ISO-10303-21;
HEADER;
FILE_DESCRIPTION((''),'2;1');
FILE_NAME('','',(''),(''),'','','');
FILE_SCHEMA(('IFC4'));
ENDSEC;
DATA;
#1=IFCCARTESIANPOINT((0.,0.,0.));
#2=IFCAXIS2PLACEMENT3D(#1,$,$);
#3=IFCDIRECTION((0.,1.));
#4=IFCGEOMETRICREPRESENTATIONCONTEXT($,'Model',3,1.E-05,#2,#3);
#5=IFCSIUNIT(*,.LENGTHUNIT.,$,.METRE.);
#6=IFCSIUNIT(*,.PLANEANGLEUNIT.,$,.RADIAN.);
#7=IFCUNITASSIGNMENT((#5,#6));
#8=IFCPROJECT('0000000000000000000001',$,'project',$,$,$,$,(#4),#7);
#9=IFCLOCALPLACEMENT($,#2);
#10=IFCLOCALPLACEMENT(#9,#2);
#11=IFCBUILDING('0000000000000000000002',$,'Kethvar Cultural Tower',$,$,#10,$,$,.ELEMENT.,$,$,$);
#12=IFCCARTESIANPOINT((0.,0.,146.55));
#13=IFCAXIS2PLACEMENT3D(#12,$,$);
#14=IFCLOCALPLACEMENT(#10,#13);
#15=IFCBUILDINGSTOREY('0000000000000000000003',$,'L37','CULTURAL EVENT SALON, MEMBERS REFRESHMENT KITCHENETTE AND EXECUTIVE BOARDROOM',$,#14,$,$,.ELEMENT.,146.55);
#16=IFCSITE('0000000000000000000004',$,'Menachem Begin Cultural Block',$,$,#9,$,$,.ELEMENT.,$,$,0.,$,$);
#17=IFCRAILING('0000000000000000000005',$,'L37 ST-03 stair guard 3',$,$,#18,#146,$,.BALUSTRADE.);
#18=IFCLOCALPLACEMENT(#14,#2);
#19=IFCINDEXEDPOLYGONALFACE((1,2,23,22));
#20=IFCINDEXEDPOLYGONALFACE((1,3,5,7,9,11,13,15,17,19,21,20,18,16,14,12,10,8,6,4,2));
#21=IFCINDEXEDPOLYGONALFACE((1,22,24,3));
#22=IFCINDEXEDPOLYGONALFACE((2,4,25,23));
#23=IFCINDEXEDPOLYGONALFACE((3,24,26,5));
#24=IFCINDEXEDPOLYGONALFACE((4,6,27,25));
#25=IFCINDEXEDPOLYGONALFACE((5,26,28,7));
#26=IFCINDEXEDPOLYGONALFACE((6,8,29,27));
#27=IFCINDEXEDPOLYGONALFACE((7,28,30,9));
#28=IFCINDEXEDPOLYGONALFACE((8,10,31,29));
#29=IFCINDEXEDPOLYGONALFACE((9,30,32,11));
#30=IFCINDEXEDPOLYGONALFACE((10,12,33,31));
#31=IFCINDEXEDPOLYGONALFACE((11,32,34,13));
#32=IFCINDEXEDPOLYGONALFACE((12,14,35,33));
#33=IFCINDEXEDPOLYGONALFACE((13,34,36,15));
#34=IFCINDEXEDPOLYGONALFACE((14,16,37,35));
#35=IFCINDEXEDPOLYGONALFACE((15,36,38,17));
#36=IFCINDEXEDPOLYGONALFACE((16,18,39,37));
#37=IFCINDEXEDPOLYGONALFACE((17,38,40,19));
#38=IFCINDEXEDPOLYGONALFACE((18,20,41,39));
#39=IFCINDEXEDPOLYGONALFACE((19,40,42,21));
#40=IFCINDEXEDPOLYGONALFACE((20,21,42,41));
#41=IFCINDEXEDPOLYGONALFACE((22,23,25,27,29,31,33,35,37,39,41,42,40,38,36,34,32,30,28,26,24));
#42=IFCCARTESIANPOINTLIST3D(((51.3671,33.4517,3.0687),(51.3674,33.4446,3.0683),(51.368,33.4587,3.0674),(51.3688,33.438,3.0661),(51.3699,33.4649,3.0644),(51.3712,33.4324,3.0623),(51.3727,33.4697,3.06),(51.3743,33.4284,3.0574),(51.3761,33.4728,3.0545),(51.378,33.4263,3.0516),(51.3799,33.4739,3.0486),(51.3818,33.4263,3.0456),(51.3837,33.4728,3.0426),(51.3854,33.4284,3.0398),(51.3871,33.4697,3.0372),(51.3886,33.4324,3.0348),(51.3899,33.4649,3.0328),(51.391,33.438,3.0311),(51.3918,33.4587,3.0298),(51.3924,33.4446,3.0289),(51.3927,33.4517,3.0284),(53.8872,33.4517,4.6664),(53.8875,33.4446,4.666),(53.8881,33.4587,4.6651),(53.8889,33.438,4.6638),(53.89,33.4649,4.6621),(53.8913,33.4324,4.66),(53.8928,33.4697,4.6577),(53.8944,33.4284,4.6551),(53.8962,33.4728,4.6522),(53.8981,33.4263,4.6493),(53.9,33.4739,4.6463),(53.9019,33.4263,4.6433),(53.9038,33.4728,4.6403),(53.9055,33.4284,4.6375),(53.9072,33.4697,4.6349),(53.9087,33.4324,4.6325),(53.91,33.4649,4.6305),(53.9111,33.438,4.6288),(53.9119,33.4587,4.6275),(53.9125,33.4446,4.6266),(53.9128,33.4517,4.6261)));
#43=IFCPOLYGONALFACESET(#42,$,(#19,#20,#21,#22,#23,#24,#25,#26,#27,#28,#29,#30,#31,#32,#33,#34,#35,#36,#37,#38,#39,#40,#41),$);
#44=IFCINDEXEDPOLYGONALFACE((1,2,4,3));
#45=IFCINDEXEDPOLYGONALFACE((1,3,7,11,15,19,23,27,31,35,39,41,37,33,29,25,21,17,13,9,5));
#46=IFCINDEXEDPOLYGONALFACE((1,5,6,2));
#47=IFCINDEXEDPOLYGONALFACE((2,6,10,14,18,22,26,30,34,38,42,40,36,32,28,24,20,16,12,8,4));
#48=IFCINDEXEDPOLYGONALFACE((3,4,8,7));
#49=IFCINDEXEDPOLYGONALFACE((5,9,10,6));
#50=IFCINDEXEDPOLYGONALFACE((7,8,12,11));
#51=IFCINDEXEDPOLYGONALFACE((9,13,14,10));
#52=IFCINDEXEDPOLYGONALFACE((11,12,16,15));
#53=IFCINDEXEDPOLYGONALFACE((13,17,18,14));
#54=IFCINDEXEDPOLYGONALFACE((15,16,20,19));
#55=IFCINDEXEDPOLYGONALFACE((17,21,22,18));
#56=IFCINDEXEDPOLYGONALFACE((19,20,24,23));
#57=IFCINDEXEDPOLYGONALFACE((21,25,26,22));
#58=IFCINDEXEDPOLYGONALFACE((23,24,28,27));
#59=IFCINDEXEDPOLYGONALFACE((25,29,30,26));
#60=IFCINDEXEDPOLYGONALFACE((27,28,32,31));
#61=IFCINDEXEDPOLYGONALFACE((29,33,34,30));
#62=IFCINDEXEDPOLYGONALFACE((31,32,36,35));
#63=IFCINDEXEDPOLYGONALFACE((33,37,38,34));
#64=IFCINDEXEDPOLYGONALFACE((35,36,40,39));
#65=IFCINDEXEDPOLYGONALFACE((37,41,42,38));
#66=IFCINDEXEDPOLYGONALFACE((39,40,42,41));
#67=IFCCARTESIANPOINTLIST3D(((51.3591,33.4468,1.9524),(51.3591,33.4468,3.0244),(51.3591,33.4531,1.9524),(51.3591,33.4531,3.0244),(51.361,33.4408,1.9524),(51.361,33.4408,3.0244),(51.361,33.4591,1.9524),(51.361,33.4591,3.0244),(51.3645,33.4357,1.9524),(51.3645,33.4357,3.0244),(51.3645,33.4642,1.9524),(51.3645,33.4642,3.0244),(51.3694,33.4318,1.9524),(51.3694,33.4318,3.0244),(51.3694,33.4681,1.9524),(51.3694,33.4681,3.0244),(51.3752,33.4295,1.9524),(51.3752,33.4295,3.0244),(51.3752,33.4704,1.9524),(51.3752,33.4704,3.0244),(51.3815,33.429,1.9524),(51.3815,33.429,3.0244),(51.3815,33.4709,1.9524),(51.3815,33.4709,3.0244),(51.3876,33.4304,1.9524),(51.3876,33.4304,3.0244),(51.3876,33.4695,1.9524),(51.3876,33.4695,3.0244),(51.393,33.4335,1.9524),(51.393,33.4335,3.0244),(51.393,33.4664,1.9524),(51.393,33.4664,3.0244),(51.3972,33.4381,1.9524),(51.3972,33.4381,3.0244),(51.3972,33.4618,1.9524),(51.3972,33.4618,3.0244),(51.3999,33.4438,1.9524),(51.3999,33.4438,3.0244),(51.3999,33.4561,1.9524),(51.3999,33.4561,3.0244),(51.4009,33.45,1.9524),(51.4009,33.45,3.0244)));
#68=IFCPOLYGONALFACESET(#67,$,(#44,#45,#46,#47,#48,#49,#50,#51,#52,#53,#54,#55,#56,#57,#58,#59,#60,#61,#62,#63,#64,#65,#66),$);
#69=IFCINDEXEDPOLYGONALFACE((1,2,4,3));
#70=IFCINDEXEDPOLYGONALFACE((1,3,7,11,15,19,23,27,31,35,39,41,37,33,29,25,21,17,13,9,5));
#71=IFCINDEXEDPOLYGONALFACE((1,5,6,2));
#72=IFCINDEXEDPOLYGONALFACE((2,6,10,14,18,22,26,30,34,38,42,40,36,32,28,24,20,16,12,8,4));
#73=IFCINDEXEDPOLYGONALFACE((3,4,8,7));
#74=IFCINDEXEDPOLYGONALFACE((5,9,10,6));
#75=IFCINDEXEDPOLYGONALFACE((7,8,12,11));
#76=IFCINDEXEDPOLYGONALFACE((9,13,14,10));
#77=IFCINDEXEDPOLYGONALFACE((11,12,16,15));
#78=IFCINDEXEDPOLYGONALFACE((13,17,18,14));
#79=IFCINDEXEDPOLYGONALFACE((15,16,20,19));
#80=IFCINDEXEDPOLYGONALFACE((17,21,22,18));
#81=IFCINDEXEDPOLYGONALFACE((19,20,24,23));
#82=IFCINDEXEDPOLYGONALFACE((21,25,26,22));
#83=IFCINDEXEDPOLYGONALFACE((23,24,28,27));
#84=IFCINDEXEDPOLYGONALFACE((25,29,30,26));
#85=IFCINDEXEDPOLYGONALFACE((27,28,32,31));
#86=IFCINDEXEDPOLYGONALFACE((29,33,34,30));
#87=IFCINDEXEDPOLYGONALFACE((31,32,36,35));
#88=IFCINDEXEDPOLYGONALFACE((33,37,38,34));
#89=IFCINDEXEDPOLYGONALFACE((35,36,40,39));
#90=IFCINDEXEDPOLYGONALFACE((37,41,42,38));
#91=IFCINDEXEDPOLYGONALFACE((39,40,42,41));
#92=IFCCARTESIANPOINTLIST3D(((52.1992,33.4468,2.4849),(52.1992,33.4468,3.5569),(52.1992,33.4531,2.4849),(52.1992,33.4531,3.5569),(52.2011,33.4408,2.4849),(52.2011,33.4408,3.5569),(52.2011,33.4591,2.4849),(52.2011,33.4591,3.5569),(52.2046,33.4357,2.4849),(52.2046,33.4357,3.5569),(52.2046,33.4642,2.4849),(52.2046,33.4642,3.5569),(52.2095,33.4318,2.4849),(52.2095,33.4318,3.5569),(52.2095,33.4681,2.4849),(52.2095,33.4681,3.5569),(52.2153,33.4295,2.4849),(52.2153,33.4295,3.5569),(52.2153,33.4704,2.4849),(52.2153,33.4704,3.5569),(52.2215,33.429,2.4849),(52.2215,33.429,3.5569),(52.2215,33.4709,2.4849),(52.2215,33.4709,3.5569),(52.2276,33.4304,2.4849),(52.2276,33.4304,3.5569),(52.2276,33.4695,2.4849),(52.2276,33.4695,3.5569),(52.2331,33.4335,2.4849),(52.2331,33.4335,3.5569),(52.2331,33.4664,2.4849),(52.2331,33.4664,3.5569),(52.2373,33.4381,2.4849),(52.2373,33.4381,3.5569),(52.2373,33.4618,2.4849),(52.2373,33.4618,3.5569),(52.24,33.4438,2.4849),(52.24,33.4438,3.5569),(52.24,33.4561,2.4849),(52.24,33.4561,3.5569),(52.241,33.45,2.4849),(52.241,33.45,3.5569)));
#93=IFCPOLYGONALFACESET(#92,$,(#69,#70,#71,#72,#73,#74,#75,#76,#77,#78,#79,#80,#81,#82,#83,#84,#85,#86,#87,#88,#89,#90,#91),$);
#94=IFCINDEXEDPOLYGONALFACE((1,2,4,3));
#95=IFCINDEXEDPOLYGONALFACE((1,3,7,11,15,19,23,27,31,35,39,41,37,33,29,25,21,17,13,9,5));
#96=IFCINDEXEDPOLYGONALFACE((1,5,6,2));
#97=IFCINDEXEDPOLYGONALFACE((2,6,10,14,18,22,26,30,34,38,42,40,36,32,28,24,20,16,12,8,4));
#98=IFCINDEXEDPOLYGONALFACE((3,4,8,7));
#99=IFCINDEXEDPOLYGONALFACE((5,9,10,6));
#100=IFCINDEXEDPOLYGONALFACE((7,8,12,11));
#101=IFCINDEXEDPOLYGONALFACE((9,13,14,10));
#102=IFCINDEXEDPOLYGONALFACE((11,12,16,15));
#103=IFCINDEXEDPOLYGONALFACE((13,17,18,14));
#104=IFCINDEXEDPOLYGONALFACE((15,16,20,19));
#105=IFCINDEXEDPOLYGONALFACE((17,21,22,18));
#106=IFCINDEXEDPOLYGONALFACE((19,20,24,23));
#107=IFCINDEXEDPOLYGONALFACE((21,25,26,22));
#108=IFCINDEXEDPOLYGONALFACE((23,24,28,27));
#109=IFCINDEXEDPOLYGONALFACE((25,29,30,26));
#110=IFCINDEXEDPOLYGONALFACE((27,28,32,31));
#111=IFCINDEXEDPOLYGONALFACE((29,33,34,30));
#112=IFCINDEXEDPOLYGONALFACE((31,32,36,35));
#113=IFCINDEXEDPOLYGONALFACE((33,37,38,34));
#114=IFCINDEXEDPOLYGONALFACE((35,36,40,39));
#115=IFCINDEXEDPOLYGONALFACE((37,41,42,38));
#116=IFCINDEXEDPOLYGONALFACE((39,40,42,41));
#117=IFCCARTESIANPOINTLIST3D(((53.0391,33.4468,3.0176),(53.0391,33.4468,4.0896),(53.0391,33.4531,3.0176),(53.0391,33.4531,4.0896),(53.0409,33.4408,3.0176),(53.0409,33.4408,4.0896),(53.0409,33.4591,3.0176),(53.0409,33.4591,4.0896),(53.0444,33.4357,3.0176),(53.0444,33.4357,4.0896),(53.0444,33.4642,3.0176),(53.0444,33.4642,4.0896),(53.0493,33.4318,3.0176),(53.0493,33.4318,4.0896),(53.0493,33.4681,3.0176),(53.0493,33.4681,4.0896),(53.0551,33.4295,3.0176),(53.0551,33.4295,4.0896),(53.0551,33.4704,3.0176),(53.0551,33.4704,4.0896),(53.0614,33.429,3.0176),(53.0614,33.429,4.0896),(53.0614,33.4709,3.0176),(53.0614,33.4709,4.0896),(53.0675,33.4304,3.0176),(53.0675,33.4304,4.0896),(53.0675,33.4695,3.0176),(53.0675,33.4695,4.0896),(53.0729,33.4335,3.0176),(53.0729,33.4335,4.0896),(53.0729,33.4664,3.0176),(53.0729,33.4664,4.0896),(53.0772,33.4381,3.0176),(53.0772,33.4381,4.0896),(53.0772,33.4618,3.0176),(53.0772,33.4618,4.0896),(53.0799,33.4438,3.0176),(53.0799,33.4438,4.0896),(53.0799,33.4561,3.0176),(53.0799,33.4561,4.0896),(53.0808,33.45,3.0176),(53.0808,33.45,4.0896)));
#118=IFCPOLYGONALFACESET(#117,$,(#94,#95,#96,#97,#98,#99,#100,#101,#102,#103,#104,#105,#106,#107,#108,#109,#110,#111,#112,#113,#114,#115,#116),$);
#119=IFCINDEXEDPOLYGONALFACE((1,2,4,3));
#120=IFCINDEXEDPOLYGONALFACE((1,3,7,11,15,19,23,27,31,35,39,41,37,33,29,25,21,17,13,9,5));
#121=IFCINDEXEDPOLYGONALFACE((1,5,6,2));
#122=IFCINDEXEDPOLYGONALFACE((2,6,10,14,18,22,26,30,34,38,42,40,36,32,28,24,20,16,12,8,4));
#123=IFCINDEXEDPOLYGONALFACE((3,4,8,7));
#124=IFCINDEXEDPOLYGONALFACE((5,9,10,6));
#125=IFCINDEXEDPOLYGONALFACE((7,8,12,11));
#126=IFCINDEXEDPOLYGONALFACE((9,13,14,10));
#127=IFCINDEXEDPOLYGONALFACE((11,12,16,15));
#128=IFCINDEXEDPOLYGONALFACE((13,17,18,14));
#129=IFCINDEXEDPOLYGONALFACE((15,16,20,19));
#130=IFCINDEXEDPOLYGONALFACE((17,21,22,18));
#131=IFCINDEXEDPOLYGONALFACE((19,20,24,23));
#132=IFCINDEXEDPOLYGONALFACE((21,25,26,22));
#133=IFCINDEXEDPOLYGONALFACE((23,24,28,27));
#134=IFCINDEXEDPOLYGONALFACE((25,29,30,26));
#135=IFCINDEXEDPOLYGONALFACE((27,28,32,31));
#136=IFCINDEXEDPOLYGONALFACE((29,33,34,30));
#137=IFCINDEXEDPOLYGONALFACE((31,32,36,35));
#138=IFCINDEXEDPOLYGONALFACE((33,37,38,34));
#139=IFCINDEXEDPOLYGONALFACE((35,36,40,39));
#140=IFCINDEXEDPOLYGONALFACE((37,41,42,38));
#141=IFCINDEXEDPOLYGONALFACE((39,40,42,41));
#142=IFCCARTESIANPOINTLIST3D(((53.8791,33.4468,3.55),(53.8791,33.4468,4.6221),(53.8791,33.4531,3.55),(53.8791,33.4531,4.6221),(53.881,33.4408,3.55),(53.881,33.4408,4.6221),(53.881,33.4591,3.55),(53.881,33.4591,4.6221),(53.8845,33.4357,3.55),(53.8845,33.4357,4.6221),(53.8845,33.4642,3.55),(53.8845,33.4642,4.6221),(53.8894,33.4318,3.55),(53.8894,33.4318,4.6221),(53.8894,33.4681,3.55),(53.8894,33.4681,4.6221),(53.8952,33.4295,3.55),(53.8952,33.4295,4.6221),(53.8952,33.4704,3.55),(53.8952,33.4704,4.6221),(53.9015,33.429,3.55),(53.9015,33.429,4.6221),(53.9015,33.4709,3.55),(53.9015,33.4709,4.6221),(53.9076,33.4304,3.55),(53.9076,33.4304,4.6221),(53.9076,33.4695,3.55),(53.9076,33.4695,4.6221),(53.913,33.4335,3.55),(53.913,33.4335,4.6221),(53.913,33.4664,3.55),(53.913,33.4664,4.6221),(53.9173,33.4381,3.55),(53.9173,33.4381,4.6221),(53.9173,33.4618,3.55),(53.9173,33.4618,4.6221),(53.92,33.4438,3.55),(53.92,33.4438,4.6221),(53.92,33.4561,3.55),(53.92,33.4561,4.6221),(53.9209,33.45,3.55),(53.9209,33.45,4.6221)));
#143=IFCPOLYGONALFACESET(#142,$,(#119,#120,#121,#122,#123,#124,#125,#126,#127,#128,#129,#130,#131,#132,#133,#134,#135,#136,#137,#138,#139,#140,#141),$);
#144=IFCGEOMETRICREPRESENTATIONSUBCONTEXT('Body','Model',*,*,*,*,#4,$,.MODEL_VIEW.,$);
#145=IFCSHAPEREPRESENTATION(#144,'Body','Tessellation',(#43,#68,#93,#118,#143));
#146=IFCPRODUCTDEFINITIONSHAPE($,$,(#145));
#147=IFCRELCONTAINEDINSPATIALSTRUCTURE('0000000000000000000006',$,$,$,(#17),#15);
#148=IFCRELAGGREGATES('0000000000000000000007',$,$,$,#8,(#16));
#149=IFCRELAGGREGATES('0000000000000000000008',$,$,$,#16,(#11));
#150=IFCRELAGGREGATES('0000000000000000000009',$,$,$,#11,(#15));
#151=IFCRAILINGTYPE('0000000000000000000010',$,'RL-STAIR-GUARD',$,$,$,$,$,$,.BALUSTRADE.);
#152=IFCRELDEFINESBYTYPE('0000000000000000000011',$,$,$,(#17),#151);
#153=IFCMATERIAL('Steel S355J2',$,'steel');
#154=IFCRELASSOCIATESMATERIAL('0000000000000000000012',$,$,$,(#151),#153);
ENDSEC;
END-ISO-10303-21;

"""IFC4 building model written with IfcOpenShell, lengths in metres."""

from ifc_helpers import new_model, si_unit, direction, frame, origin, origin_2d, place, context, subcontext, project, spatial, circle, extrude, material, type_object, element, save


model = new_model("IFC4")

# Units and contexts
model_context = context("Model", 3, precision=1e-05, world=origin(), true_north=direction((0.0, 1.0)))
body_context = subcontext(model_context, "Body", "Model", "MODEL_VIEW")
ifc_project = project(units=[si_unit("LENGTHUNIT", "METRE"), si_unit("PLANEANGLEUNIT", "RADIAN")], contexts=[model_context])

# Site, building, storey
site_placement = place(None, origin())
site = spatial("IfcSite", under=ifc_project, at=site_placement, Name="Menachem Begin Cultural Block", CompositionType="ELEMENT", RefElevation=0.0)
building_placement = place(site_placement, origin())
building = spatial("IfcBuilding", under=site, at=building_placement, Name="Kethvar Cultural Tower", CompositionType="ELEMENT")
storey_placement = place(building_placement, frame((0.0, 0.0, 146.55)))
storey = spatial("IfcBuildingStorey", under=building, at=storey_placement, Name="L37", Description="CULTURAL EVENT SALON, MEMBERS REFRESHMENT KITCHENETTE AND EXECUTIVE BOARDROOM", CompositionType="ELEMENT", Elevation=146.55)

# Shared definitions
ifc_material_1 = material(Name="Steel S355J2", Category="steel")

# Railing
railing_type_1 = type_object("IfcRailingType", Name="RL-STAIR-GUARD", PredefinedType="BALUSTRADE", material=ifc_material_1)
railing_1_placement = place(storey_placement, frame((51.3799, 33.45, 1.9524)))
element("IfcRailing", 1, at=railing_1_placement, inside=storey, type_object=railing_type_1, Name="L37 ST-03 stair guard 3", PredefinedType="BALUSTRADE", context=body_context, shape_type="SweptSolid", body=[
    extrude(circle(Radius=0.0239, at=origin_2d()), frame((0.0, 0.0, 1.0962), z_axis=(0.84457, 0.0, 0.535445), x_axis=(0.0, 1.0, 0.0)), (0.0, 0.0, 1.0), 2.9839),
    extrude(circle(Radius=0.021, at=origin_2d()), origin(), (0.0, 0.0, 1.0), 1.072),
    extrude(circle(Radius=0.021, at=origin_2d()), frame((0.8401, 0.0, 0.5325)), (0.0, 0.0, 1.0), 1.072),
    extrude(circle(Radius=0.021, at=origin_2d()), frame((1.6799, 0.0, 1.0652)), (0.0, 0.0, 1.0), 1.072),
    extrude(circle(Radius=0.021, at=origin_2d()), frame((2.52, 0.0, 1.5977)), (0.0, 0.0, 1.0), 1.072),
])

save(model, "model.ifc")
